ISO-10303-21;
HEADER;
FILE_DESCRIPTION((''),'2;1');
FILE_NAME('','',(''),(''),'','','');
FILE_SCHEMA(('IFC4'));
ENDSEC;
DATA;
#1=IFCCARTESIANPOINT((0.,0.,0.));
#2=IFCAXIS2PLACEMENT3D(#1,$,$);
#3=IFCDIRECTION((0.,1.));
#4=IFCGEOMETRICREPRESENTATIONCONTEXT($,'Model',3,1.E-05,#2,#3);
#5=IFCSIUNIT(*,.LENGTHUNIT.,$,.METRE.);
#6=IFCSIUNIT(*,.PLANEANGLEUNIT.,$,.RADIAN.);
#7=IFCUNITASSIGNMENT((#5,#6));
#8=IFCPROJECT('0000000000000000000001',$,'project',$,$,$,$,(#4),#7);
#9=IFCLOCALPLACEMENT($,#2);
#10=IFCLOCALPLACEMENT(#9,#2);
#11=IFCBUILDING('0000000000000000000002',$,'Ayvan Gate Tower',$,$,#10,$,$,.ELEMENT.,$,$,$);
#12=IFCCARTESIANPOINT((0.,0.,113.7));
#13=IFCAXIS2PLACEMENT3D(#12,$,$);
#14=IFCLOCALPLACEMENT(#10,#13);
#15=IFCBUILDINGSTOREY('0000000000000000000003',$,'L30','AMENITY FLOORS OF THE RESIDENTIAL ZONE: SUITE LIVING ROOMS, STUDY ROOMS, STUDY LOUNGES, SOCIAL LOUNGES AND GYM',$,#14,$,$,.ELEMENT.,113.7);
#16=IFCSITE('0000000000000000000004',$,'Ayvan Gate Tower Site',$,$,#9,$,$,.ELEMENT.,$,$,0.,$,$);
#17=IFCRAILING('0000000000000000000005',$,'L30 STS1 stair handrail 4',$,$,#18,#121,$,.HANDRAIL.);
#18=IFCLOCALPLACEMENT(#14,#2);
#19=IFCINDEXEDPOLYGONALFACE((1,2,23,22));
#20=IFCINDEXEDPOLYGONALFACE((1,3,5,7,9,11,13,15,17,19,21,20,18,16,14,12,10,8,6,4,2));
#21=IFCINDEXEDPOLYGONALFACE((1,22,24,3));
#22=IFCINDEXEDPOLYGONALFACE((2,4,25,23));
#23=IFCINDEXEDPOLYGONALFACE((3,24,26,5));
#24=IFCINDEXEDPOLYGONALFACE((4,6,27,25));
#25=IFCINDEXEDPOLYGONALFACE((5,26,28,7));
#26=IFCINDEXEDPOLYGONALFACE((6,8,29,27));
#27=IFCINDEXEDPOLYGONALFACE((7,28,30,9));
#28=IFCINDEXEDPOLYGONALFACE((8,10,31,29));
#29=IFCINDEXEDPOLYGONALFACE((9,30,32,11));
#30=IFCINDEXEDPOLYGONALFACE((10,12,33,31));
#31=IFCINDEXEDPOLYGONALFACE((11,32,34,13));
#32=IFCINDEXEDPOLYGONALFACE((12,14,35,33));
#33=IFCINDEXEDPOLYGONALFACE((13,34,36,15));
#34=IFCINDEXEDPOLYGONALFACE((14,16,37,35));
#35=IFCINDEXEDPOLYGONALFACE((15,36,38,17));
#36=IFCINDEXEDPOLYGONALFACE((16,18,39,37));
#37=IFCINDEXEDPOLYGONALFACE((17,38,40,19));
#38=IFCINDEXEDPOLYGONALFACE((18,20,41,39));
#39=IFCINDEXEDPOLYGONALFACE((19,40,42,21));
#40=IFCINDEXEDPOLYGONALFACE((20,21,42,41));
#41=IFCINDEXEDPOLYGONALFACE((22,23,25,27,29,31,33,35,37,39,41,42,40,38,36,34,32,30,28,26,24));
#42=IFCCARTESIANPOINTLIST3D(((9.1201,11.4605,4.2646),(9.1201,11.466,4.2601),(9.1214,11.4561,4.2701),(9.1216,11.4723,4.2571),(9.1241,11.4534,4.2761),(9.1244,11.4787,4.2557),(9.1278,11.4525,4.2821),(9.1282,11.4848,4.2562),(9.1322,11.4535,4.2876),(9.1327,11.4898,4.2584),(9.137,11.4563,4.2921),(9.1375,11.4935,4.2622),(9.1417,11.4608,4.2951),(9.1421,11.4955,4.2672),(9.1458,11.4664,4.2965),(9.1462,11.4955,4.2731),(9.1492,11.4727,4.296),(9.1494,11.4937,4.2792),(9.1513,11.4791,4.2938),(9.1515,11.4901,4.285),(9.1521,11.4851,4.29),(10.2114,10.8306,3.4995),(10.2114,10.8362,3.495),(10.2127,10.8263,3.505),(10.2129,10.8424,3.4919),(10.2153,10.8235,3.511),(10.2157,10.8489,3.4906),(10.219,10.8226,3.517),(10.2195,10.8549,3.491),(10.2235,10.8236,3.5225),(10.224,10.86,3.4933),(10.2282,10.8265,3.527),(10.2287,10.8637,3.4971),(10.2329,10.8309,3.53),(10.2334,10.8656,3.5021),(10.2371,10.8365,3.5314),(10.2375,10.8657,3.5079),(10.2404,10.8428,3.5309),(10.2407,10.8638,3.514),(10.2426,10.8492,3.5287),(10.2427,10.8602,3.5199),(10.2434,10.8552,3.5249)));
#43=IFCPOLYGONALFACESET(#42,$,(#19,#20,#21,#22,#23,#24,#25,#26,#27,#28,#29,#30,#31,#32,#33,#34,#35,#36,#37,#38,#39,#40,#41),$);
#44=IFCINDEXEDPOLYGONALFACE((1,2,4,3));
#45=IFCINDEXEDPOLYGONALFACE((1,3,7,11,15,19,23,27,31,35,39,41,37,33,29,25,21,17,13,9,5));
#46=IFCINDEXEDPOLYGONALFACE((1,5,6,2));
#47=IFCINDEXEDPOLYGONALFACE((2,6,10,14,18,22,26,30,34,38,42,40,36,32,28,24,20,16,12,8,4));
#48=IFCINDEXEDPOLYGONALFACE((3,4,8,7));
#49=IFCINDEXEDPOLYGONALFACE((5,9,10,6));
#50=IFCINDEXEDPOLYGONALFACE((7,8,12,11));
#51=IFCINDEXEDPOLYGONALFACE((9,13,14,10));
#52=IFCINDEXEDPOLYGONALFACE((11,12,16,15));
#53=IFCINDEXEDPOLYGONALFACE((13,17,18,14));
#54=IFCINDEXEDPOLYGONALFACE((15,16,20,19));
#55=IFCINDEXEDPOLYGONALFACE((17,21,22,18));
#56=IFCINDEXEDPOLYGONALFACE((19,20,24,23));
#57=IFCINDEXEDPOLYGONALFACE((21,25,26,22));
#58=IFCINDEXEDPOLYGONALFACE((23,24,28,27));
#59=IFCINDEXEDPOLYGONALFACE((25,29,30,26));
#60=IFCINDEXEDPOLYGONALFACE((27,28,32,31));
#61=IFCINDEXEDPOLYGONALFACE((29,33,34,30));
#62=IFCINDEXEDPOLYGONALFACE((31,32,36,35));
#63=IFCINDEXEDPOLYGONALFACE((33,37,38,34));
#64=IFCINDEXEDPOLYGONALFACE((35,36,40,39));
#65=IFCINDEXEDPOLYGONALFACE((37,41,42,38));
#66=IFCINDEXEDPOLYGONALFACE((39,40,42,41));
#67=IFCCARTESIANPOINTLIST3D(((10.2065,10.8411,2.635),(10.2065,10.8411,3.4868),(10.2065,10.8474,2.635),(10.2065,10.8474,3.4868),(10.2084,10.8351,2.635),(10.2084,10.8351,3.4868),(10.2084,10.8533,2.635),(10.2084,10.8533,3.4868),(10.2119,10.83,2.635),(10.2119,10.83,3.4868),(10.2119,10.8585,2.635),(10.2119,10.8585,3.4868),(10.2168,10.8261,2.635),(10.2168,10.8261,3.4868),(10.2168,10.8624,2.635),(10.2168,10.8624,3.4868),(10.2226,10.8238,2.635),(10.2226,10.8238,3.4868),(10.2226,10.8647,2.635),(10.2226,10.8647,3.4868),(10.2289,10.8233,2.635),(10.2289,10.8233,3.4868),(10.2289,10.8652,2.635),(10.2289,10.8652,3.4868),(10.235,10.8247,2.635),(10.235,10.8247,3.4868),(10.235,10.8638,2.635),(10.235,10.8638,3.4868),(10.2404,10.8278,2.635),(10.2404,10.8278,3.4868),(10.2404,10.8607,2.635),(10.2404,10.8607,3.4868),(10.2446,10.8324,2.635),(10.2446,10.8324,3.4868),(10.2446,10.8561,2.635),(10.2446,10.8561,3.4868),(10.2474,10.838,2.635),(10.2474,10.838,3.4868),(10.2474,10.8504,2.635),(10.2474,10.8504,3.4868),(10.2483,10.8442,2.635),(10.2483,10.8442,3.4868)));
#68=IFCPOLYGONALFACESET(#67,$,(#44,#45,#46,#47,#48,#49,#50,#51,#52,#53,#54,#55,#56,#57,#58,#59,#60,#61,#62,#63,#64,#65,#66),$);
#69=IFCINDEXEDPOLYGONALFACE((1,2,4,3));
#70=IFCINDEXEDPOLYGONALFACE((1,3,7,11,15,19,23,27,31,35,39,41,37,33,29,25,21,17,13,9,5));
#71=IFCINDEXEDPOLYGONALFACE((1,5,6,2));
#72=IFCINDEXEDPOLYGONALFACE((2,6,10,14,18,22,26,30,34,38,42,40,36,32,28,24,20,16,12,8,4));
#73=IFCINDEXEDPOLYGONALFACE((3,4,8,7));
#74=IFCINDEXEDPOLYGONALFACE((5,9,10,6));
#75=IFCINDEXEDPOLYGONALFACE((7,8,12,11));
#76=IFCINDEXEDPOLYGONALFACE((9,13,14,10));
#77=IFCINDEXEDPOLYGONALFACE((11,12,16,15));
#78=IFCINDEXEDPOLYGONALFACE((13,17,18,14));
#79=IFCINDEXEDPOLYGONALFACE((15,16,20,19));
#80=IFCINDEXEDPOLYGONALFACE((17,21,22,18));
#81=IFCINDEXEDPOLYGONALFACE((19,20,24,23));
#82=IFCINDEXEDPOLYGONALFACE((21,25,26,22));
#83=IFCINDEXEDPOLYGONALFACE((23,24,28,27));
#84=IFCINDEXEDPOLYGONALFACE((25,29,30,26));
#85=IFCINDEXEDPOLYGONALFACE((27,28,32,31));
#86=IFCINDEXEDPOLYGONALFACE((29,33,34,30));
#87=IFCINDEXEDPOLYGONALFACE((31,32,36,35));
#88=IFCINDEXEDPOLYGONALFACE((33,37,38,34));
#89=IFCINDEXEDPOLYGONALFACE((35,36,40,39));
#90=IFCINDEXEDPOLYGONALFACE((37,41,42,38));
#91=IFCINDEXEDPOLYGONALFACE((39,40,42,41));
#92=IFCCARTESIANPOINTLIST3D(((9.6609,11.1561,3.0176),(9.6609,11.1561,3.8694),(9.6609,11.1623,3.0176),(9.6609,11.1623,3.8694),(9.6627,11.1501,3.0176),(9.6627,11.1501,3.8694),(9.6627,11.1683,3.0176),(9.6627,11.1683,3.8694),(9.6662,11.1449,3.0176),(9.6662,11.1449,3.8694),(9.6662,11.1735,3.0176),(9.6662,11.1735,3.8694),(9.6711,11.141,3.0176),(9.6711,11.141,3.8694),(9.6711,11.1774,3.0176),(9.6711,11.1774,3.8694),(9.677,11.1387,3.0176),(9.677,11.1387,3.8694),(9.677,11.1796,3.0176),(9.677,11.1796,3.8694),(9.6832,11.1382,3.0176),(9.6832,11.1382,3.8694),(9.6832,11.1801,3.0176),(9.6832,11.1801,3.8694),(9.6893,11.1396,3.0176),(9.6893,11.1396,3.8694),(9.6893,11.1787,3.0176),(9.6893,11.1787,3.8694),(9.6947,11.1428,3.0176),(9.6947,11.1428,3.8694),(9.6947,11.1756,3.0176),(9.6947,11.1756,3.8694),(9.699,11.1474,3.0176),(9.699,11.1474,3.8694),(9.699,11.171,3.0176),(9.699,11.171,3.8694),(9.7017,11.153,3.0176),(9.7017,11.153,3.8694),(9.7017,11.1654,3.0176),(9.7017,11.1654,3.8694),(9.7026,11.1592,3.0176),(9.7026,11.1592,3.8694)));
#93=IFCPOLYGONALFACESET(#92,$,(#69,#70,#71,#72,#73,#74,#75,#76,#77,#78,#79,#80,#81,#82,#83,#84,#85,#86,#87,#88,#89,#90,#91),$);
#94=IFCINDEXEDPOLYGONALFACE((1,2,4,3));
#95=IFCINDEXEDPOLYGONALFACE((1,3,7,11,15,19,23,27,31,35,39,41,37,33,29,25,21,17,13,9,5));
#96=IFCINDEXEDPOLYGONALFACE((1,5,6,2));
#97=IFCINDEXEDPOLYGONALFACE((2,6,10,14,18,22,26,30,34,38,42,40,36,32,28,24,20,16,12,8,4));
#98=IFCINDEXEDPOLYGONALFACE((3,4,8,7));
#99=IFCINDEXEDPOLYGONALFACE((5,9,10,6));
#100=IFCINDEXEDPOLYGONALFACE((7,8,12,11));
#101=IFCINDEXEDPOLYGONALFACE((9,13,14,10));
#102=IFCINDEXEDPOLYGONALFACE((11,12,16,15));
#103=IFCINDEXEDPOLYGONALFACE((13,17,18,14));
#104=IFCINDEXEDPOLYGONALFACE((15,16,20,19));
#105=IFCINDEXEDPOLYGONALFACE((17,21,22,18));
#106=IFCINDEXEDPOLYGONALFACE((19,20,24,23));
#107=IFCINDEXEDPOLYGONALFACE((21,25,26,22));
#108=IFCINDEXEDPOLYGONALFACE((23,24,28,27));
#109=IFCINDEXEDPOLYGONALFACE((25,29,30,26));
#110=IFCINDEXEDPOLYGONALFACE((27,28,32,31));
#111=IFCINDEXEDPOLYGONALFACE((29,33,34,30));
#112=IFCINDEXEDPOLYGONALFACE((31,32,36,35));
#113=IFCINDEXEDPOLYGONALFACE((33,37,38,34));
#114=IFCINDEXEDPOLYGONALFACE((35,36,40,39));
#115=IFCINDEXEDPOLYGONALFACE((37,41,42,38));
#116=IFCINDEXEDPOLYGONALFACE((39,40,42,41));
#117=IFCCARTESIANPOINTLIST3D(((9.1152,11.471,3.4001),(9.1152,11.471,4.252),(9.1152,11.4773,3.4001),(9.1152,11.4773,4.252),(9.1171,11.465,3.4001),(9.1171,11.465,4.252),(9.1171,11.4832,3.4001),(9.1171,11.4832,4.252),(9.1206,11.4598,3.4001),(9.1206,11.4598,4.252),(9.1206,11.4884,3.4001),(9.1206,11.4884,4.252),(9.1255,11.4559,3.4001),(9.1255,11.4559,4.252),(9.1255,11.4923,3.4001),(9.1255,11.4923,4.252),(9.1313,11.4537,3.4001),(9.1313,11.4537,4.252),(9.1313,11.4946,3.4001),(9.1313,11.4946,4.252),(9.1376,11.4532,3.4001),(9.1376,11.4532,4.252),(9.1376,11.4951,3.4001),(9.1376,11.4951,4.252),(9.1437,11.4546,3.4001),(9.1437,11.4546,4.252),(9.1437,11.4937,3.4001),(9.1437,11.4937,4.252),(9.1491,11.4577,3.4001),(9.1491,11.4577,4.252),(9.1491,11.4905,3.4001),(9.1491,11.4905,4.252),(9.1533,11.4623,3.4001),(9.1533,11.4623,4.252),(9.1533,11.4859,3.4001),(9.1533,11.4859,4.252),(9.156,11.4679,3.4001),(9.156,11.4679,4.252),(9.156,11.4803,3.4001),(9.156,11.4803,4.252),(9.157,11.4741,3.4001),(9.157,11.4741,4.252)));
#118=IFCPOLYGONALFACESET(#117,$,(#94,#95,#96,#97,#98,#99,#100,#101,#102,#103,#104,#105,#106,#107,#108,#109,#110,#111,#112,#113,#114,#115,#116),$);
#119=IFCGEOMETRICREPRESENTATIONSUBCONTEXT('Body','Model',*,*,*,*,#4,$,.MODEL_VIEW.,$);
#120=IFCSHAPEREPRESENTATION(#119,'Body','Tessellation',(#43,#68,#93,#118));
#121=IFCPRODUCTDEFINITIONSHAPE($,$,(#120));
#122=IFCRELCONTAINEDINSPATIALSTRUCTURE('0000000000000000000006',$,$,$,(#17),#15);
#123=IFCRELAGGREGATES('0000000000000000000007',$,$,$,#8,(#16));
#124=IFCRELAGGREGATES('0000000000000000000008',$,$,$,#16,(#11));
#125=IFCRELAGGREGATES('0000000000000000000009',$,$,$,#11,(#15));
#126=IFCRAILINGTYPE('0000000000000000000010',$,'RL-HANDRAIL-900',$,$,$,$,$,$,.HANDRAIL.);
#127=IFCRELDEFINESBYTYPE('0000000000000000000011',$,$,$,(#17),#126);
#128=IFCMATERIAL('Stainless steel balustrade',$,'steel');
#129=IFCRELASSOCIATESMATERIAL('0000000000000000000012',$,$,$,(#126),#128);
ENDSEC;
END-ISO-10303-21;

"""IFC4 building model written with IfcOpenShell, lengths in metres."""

from ifc_helpers import new_model, si_unit, direction, frame, origin, origin_2d, place, context, subcontext, project, spatial, circle, extrude, material, type_object, element, save


model = new_model("IFC4")

# Units and contexts
model_context = context("Model", 3, precision=1e-05, world=origin(), true_north=direction((0.0, 1.0)))
body_context = subcontext(model_context, "Body", "Model", "MODEL_VIEW")
ifc_project = project(units=[si_unit("LENGTHUNIT", "METRE"), si_unit("PLANEANGLEUNIT", "RADIAN")], contexts=[model_context])

# Site, building, storey
site_placement = place(None, origin())
site = spatial("IfcSite", under=ifc_project, at=site_placement, Name="Ayvan Gate Tower Site", CompositionType="ELEMENT", RefElevation=0.0)
building_placement = place(site_placement, origin())
building = spatial("IfcBuilding", under=site, at=building_placement, Name="Ayvan Gate Tower", CompositionType="ELEMENT")
storey_placement = place(building_placement, frame((0.0, 0.0, 113.7)))
storey = spatial("IfcBuildingStorey", under=building, at=storey_placement, Name="L30", Description="AMENITY FLOORS OF THE RESIDENTIAL ZONE: SUITE LIVING ROOMS, STUDY ROOMS, STUDY LOUNGES, SOCIAL LOUNGES AND GYM", CompositionType="ELEMENT", Elevation=113.7)

# Railing
ifc_material_1 = material(Name="Stainless steel balustrade", Category="steel")
railing_type_1 = type_object("IfcRailingType", Name="RL-HANDRAIL-900", PredefinedType="HANDRAIL", material=ifc_material_1)
railing_1_placement = place(storey_placement, frame((10.2273, 10.8442, 2.635)))
element("IfcRailing", 1, at=railing_1_placement, inside=storey, type_object=railing_type_1, Name="L30 STS1 stair handrail 4", PredefinedType="HANDRAIL", context=body_context, shape_type="SweptSolid", body=[
    extrude(circle(Radius=0.0239, at=origin_2d()), frame((0.0, 0.0, 0.876), z_axis=(-0.740293, 0.427283, 0.519033), x_axis=(-0.49989, -0.866089, 0.0)), (0.0, 0.0, 1.0), 1.4741),
    extrude(circle(Radius=0.021, at=origin_2d()), origin(), (0.0, 0.0, 1.0), 0.8518),
    extrude(circle(Radius=0.021, at=origin_2d()), frame((-0.5457, 0.3149, 0.3826)), (0.0, 0.0, 1.0), 0.8518),
    extrude(circle(Radius=0.021, at=origin_2d()), frame((-1.0913, 0.6299, 0.7651)), (0.0, 0.0, 1.0), 0.8518),
])

save(model, "model.ifc")
